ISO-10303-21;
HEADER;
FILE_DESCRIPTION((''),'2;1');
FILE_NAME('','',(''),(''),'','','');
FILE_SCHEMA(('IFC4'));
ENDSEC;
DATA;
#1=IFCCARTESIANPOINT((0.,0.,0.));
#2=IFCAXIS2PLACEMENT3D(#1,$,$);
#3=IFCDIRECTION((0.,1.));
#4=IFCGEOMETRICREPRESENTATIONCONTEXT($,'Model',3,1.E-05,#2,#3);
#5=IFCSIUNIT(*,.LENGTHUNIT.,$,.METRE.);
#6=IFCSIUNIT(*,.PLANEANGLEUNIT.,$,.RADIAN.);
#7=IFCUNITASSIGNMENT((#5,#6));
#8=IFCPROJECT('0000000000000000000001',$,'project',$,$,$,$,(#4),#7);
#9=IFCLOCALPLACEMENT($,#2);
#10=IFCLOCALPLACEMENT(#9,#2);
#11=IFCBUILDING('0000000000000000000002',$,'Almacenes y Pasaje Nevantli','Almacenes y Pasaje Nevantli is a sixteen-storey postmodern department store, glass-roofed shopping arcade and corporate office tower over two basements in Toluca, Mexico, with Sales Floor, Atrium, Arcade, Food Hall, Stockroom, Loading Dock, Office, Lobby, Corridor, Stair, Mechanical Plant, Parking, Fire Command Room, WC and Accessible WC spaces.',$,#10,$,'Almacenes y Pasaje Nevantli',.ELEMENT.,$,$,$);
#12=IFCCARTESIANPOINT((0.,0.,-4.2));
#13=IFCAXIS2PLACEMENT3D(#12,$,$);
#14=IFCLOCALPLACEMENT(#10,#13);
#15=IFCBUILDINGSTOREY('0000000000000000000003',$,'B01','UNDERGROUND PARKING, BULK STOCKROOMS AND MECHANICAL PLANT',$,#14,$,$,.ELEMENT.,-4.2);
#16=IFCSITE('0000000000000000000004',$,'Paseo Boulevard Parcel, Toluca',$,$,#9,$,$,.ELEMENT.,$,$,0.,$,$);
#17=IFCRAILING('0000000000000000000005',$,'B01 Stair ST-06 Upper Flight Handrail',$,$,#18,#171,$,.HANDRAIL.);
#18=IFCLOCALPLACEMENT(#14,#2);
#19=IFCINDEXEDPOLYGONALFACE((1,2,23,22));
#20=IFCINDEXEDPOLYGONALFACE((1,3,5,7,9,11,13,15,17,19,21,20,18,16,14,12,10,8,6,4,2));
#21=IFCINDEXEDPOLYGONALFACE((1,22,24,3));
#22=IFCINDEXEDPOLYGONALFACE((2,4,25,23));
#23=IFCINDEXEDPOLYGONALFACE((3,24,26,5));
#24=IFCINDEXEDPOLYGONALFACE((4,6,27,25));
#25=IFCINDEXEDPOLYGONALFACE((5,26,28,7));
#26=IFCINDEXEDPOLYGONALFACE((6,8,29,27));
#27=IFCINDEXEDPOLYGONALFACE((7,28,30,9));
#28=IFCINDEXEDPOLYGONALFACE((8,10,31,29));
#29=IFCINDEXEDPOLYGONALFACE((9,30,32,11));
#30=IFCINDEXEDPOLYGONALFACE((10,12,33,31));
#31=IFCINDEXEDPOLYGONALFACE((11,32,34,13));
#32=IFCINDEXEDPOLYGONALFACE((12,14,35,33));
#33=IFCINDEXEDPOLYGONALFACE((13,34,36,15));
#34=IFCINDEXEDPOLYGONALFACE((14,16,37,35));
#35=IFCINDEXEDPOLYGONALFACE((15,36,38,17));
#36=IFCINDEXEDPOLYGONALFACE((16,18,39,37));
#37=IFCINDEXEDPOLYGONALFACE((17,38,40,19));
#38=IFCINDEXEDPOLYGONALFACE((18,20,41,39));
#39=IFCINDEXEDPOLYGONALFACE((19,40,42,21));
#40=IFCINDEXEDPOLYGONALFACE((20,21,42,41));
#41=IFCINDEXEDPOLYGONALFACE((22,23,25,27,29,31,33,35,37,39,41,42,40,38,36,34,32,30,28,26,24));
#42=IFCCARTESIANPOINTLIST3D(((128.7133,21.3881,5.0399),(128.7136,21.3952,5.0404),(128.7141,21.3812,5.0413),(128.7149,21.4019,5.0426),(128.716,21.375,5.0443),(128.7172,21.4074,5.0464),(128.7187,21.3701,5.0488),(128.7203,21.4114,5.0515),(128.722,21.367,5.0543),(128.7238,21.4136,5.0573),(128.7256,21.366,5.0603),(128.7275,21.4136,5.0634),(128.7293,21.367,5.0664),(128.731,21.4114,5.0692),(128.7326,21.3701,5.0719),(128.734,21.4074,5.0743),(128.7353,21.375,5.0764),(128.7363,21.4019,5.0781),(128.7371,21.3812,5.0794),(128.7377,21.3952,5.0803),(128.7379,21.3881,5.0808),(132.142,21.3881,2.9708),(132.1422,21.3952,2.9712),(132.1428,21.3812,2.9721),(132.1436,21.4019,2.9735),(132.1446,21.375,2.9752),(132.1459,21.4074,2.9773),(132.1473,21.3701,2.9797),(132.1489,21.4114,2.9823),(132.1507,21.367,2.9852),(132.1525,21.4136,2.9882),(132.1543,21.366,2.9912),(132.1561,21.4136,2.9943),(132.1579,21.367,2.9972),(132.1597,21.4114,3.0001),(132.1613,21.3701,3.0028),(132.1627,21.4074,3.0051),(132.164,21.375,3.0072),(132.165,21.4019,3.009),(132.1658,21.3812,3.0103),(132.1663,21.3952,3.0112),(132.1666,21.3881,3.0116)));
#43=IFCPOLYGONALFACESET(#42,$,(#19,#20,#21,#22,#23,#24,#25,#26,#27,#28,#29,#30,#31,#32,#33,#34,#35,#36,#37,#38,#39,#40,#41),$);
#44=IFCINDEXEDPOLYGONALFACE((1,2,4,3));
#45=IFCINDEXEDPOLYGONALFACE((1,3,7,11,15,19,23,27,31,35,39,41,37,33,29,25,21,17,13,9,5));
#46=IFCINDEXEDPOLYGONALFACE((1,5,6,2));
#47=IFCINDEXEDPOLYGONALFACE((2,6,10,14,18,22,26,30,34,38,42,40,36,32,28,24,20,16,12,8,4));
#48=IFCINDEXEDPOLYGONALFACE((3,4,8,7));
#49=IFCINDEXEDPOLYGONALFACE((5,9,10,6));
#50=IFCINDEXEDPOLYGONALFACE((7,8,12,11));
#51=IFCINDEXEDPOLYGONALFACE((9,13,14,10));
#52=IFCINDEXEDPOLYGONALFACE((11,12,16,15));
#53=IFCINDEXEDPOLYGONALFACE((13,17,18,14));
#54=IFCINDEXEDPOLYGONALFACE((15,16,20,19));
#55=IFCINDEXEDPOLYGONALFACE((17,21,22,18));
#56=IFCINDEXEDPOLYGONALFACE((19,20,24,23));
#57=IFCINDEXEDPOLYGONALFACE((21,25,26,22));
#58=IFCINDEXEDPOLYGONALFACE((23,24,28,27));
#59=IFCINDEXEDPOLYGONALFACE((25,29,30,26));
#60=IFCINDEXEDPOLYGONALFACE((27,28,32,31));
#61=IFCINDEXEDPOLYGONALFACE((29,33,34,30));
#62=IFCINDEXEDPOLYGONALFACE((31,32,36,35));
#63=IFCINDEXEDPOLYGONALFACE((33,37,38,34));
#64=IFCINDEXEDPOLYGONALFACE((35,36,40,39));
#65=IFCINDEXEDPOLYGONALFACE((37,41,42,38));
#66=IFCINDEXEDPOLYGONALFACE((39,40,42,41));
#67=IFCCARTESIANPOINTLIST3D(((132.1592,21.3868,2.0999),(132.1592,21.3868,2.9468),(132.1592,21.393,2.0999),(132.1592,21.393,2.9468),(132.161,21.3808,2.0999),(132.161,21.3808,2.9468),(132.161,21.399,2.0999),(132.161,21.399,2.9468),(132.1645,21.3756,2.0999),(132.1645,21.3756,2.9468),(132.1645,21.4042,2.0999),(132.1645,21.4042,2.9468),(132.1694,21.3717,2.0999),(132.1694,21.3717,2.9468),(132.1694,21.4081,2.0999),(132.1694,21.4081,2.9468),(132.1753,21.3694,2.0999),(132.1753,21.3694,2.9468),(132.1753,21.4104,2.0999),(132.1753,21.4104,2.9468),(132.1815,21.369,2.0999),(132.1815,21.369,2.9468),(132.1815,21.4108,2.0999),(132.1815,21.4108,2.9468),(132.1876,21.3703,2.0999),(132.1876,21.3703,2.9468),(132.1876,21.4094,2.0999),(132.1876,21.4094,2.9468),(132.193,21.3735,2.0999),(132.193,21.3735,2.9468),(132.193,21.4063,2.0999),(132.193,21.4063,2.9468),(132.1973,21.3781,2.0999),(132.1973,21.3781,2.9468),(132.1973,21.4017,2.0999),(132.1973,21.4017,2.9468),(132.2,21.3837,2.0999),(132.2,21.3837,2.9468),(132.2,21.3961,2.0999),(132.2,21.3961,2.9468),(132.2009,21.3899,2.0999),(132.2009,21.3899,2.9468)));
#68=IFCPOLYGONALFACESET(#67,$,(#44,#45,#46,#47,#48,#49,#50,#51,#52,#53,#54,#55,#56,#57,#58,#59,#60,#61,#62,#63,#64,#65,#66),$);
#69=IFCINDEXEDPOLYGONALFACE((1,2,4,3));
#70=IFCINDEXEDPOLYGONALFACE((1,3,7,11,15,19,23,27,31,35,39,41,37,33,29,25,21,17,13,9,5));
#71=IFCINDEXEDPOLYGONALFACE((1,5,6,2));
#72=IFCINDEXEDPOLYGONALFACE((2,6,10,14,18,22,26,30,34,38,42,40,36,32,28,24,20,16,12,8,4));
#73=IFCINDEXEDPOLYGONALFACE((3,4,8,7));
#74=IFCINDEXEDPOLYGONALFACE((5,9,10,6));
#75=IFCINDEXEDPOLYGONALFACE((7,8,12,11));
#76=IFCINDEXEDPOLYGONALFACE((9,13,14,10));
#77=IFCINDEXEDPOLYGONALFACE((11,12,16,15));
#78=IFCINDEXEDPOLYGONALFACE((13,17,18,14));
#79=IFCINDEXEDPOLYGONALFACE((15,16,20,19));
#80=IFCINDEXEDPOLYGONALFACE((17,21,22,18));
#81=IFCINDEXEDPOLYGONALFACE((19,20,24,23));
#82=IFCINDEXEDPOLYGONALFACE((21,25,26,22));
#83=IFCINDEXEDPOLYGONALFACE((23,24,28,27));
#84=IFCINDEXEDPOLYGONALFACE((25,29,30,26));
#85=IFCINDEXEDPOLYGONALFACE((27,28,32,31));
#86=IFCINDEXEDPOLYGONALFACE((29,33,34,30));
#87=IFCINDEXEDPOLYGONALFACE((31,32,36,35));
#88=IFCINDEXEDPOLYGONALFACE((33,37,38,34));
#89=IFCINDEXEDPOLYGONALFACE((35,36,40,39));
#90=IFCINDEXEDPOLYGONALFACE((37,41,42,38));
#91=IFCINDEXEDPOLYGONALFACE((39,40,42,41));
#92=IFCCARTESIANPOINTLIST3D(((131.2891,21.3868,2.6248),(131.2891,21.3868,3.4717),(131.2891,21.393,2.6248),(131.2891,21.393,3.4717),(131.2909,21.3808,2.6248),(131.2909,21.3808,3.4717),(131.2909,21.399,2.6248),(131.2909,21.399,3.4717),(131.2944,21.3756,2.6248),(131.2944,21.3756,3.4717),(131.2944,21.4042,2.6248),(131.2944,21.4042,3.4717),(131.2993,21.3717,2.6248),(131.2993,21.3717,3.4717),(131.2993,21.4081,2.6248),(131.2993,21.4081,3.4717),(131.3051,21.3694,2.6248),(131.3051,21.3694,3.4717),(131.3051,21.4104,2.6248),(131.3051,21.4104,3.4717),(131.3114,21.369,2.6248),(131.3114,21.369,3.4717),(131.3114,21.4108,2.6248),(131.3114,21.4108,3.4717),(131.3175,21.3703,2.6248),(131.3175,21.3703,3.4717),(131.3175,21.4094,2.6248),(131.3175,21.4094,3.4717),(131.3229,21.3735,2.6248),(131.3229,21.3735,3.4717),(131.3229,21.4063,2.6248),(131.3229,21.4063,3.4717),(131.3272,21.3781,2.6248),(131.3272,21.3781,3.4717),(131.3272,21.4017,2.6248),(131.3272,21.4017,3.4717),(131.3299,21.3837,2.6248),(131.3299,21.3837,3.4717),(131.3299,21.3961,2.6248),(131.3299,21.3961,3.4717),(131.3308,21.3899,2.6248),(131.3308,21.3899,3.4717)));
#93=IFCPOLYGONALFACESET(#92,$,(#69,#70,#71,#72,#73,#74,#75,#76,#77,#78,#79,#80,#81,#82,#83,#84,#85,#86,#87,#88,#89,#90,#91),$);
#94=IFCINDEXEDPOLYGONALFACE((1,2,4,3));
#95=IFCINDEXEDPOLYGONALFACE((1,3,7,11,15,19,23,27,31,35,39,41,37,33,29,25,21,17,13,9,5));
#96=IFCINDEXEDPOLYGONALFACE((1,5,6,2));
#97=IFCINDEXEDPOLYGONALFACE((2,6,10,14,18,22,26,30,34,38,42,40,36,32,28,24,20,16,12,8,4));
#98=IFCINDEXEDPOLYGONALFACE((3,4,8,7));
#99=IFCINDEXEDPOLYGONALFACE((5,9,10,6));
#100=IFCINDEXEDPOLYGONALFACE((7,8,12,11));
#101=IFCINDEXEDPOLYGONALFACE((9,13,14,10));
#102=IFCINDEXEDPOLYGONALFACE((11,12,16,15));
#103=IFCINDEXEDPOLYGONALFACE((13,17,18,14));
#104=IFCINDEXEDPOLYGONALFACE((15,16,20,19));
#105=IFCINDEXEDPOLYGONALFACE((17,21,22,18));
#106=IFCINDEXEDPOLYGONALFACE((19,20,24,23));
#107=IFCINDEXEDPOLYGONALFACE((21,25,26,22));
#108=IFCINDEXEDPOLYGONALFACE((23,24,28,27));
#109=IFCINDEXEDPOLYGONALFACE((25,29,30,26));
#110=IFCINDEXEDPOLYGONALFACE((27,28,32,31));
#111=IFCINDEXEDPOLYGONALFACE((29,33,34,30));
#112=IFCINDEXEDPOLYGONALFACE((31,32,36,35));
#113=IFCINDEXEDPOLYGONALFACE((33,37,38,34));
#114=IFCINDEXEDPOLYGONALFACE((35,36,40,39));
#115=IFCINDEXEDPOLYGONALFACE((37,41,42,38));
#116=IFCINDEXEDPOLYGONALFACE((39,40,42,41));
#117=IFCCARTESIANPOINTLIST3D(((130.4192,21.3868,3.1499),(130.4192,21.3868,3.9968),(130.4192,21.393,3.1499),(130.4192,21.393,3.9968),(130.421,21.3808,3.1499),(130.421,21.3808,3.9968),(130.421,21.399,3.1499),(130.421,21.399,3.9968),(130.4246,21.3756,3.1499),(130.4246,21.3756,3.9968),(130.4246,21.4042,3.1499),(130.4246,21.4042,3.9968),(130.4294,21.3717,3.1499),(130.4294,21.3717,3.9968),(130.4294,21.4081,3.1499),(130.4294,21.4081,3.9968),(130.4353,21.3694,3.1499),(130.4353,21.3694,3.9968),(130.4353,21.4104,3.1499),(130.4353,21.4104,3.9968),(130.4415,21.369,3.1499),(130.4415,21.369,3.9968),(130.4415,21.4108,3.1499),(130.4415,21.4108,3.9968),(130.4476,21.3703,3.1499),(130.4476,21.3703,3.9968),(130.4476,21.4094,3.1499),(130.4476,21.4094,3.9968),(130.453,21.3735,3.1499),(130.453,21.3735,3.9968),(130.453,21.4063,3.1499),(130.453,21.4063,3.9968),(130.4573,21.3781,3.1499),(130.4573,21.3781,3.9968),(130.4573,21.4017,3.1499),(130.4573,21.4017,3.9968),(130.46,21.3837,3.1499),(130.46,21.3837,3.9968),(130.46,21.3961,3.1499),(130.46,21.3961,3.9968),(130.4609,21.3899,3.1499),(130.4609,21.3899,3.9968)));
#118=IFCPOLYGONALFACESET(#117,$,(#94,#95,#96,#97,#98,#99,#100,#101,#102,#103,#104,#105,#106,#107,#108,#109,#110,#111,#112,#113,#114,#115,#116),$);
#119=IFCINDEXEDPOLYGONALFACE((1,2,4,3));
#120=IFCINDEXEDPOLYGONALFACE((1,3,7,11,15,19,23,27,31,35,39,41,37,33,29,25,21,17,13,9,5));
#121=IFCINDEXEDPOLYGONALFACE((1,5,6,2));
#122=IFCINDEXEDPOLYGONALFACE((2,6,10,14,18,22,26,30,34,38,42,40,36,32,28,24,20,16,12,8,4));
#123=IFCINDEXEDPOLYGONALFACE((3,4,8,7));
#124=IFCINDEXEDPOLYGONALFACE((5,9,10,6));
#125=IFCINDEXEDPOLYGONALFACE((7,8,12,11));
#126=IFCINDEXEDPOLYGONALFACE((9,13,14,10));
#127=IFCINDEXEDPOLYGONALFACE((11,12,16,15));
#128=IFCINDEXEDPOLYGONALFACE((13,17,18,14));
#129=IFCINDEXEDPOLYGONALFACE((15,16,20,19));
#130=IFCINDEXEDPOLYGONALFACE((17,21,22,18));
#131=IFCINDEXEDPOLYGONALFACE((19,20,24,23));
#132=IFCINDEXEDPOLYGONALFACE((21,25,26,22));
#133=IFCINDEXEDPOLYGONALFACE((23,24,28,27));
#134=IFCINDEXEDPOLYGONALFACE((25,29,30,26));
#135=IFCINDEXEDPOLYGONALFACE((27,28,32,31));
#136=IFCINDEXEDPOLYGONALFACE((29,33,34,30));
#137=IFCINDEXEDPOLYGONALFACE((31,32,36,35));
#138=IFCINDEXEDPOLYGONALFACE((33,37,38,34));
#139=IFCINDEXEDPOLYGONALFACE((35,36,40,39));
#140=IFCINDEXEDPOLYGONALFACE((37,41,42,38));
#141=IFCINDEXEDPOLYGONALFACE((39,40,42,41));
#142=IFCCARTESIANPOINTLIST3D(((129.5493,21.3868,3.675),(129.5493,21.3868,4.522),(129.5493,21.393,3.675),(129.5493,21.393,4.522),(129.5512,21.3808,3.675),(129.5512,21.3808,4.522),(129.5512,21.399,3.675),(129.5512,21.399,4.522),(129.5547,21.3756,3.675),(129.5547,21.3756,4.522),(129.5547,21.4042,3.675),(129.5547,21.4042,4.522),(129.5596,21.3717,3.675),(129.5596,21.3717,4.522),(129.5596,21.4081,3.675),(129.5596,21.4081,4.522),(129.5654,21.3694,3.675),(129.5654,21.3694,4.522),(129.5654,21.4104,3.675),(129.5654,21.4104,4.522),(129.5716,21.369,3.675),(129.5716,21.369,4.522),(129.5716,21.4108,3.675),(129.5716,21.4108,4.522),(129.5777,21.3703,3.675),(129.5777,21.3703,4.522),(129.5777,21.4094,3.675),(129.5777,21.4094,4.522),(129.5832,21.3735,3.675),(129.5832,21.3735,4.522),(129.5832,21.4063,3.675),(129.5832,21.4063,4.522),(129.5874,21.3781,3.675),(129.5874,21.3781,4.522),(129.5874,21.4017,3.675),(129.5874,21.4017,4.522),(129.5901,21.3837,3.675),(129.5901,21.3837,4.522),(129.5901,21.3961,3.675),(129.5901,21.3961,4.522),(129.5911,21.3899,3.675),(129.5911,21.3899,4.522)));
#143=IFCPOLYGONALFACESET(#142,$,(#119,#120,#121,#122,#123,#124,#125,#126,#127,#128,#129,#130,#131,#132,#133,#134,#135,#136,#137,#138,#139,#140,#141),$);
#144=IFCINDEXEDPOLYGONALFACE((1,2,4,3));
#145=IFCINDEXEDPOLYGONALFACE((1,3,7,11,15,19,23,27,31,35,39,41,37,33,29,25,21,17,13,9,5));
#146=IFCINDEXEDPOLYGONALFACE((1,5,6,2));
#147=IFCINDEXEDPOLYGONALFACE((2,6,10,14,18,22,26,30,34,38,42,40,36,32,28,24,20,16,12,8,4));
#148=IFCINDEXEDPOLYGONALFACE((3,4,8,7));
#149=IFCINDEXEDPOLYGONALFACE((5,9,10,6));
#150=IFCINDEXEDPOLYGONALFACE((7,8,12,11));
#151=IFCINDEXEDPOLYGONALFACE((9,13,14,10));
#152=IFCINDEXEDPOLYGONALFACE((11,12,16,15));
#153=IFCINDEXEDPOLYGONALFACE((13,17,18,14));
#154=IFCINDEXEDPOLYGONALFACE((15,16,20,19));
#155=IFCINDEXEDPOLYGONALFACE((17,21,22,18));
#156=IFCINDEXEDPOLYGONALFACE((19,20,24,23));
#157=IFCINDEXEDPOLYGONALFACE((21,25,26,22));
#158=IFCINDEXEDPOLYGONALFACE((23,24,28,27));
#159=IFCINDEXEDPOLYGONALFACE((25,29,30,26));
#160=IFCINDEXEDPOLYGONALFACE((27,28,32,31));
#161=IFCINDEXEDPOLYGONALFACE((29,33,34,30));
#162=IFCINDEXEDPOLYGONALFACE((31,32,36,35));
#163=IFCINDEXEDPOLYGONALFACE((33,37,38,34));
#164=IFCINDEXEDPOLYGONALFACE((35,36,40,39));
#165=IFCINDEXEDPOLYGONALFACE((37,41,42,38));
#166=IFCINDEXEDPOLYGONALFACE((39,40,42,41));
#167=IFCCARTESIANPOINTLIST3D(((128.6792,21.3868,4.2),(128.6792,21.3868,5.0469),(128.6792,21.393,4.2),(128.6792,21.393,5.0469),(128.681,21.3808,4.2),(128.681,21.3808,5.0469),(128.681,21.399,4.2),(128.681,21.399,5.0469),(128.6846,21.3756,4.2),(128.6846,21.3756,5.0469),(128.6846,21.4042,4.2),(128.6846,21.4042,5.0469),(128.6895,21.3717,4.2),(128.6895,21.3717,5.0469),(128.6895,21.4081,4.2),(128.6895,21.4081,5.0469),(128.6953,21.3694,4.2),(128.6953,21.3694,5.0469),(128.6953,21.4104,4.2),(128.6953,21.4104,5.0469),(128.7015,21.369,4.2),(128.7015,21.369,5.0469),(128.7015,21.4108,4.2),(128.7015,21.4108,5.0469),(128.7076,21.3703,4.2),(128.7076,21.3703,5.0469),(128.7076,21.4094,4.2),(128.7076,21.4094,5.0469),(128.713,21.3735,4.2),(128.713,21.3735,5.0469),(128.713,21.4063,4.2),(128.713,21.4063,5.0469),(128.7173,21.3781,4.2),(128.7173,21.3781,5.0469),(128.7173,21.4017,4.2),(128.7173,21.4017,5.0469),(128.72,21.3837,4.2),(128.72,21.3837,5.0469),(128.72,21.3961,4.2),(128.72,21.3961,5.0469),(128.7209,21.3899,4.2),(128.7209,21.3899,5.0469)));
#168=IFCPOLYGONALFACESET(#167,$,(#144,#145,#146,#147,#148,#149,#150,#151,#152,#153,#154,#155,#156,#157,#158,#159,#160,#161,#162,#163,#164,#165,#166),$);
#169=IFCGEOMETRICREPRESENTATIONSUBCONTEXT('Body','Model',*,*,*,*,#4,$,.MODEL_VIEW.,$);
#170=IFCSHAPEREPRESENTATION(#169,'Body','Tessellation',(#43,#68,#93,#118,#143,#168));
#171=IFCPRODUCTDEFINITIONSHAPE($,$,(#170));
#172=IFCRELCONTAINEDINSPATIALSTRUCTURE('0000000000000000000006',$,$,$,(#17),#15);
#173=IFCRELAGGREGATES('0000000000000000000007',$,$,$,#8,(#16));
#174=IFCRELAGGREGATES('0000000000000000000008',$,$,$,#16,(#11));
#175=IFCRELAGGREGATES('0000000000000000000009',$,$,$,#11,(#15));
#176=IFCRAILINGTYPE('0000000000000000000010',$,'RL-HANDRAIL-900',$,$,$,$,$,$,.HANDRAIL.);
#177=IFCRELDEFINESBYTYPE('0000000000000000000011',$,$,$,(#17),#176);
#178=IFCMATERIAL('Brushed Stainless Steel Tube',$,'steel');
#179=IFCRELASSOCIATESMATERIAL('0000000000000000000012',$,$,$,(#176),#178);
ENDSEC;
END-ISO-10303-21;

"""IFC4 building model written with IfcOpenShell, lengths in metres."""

from ifc_helpers import new_model, si_unit, direction, frame, origin, origin_2d, place, context, subcontext, project, spatial, circle, extrude, material, type_object, element, save


model = new_model("IFC4")

# Units and contexts
model_context = context("Model", 3, precision=1e-05, world=origin(), true_north=direction((0.0, 1.0)))
body_context = subcontext(model_context, "Body", "Model", "MODEL_VIEW")
ifc_project = project(units=[si_unit("LENGTHUNIT", "METRE"), si_unit("PLANEANGLEUNIT", "RADIAN")], contexts=[model_context])

# Site, building, storey
site_placement = place(None, origin())
site = spatial("IfcSite", under=ifc_project, at=site_placement, Name="Paseo Boulevard Parcel, Toluca", CompositionType="ELEMENT", RefElevation=0.0)
building_placement = place(site_placement, origin())
building = spatial("IfcBuilding", under=site, at=building_placement, Name="Almacenes y Pasaje Nevantli", Description="Almacenes y Pasaje Nevantli is a sixteen-storey postmodern department store, glass-roofed shopping arcade and corporate office tower over two basements in Toluca, Mexico, with Sales Floor, Atrium, Arcade, Food Hall, Stockroom, Loading Dock, Office, Lobby, Corridor, Stair, Mechanical Plant, Parking, Fire Command Room, WC and Accessible WC spaces.", LongName="Almacenes y Pasaje Nevantli", CompositionType="ELEMENT")
storey_placement = place(building_placement, frame((0.0, 0.0, -4.2)))
storey = spatial("IfcBuildingStorey", under=building, at=storey_placement, Name="B01", Description="UNDERGROUND PARKING, BULK STOCKROOMS AND MECHANICAL PLANT", CompositionType="ELEMENT", Elevation=-4.2)

# Railing
ifc_material_1 = material(Name="Brushed Stainless Steel Tube", Category="steel")
railing_type_1 = type_object("IfcRailingType", Name="RL-HANDRAIL-900", PredefinedType="HANDRAIL", material=ifc_material_1)
railing_1_placement = place(storey_placement, frame((132.1799, 21.3899, 2.0999)))
element("IfcRailing", 1, at=railing_1_placement, inside=storey, type_object=railing_type_1, Name="B01 Stair ST-06 Upper Flight Handrail", PredefinedType="HANDRAIL", context=body_context, shape_type="SweptSolid", body=[
    extrude(circle(Radius=0.0239, at=origin_2d()), frame((-0.0256, 0.0, 0.8914), z_axis=(-0.856176, 0.0, 0.516685), x_axis=(0.0, -1.0, 0.0)), (0.0, 0.0, 1.0), 4.0046),
    extrude(circle(Radius=0.021, at=origin_2d()), origin(), (0.0, 0.0, 1.0), 0.8469),
    extrude(circle(Radius=0.021, at=origin_2d()), frame((-0.8701, 0.0, 0.5249)), (0.0, 0.0, 1.0), 0.8469),
    extrude(circle(Radius=0.021, at=origin_2d()), frame((-1.74, 0.0, 1.05)), (0.0, 0.0, 1.0), 0.8469),
    extrude(circle(Radius=0.021, at=origin_2d()), frame((-2.6099, 0.0, 1.5752)), (0.0, 0.0, 1.0), 0.8469),
    extrude(circle(Radius=0.021, at=origin_2d()), frame((-3.48, 0.0, 2.1001)), (0.0, 0.0, 1.0), 0.8469),
])

save(model, "model.ifc")
